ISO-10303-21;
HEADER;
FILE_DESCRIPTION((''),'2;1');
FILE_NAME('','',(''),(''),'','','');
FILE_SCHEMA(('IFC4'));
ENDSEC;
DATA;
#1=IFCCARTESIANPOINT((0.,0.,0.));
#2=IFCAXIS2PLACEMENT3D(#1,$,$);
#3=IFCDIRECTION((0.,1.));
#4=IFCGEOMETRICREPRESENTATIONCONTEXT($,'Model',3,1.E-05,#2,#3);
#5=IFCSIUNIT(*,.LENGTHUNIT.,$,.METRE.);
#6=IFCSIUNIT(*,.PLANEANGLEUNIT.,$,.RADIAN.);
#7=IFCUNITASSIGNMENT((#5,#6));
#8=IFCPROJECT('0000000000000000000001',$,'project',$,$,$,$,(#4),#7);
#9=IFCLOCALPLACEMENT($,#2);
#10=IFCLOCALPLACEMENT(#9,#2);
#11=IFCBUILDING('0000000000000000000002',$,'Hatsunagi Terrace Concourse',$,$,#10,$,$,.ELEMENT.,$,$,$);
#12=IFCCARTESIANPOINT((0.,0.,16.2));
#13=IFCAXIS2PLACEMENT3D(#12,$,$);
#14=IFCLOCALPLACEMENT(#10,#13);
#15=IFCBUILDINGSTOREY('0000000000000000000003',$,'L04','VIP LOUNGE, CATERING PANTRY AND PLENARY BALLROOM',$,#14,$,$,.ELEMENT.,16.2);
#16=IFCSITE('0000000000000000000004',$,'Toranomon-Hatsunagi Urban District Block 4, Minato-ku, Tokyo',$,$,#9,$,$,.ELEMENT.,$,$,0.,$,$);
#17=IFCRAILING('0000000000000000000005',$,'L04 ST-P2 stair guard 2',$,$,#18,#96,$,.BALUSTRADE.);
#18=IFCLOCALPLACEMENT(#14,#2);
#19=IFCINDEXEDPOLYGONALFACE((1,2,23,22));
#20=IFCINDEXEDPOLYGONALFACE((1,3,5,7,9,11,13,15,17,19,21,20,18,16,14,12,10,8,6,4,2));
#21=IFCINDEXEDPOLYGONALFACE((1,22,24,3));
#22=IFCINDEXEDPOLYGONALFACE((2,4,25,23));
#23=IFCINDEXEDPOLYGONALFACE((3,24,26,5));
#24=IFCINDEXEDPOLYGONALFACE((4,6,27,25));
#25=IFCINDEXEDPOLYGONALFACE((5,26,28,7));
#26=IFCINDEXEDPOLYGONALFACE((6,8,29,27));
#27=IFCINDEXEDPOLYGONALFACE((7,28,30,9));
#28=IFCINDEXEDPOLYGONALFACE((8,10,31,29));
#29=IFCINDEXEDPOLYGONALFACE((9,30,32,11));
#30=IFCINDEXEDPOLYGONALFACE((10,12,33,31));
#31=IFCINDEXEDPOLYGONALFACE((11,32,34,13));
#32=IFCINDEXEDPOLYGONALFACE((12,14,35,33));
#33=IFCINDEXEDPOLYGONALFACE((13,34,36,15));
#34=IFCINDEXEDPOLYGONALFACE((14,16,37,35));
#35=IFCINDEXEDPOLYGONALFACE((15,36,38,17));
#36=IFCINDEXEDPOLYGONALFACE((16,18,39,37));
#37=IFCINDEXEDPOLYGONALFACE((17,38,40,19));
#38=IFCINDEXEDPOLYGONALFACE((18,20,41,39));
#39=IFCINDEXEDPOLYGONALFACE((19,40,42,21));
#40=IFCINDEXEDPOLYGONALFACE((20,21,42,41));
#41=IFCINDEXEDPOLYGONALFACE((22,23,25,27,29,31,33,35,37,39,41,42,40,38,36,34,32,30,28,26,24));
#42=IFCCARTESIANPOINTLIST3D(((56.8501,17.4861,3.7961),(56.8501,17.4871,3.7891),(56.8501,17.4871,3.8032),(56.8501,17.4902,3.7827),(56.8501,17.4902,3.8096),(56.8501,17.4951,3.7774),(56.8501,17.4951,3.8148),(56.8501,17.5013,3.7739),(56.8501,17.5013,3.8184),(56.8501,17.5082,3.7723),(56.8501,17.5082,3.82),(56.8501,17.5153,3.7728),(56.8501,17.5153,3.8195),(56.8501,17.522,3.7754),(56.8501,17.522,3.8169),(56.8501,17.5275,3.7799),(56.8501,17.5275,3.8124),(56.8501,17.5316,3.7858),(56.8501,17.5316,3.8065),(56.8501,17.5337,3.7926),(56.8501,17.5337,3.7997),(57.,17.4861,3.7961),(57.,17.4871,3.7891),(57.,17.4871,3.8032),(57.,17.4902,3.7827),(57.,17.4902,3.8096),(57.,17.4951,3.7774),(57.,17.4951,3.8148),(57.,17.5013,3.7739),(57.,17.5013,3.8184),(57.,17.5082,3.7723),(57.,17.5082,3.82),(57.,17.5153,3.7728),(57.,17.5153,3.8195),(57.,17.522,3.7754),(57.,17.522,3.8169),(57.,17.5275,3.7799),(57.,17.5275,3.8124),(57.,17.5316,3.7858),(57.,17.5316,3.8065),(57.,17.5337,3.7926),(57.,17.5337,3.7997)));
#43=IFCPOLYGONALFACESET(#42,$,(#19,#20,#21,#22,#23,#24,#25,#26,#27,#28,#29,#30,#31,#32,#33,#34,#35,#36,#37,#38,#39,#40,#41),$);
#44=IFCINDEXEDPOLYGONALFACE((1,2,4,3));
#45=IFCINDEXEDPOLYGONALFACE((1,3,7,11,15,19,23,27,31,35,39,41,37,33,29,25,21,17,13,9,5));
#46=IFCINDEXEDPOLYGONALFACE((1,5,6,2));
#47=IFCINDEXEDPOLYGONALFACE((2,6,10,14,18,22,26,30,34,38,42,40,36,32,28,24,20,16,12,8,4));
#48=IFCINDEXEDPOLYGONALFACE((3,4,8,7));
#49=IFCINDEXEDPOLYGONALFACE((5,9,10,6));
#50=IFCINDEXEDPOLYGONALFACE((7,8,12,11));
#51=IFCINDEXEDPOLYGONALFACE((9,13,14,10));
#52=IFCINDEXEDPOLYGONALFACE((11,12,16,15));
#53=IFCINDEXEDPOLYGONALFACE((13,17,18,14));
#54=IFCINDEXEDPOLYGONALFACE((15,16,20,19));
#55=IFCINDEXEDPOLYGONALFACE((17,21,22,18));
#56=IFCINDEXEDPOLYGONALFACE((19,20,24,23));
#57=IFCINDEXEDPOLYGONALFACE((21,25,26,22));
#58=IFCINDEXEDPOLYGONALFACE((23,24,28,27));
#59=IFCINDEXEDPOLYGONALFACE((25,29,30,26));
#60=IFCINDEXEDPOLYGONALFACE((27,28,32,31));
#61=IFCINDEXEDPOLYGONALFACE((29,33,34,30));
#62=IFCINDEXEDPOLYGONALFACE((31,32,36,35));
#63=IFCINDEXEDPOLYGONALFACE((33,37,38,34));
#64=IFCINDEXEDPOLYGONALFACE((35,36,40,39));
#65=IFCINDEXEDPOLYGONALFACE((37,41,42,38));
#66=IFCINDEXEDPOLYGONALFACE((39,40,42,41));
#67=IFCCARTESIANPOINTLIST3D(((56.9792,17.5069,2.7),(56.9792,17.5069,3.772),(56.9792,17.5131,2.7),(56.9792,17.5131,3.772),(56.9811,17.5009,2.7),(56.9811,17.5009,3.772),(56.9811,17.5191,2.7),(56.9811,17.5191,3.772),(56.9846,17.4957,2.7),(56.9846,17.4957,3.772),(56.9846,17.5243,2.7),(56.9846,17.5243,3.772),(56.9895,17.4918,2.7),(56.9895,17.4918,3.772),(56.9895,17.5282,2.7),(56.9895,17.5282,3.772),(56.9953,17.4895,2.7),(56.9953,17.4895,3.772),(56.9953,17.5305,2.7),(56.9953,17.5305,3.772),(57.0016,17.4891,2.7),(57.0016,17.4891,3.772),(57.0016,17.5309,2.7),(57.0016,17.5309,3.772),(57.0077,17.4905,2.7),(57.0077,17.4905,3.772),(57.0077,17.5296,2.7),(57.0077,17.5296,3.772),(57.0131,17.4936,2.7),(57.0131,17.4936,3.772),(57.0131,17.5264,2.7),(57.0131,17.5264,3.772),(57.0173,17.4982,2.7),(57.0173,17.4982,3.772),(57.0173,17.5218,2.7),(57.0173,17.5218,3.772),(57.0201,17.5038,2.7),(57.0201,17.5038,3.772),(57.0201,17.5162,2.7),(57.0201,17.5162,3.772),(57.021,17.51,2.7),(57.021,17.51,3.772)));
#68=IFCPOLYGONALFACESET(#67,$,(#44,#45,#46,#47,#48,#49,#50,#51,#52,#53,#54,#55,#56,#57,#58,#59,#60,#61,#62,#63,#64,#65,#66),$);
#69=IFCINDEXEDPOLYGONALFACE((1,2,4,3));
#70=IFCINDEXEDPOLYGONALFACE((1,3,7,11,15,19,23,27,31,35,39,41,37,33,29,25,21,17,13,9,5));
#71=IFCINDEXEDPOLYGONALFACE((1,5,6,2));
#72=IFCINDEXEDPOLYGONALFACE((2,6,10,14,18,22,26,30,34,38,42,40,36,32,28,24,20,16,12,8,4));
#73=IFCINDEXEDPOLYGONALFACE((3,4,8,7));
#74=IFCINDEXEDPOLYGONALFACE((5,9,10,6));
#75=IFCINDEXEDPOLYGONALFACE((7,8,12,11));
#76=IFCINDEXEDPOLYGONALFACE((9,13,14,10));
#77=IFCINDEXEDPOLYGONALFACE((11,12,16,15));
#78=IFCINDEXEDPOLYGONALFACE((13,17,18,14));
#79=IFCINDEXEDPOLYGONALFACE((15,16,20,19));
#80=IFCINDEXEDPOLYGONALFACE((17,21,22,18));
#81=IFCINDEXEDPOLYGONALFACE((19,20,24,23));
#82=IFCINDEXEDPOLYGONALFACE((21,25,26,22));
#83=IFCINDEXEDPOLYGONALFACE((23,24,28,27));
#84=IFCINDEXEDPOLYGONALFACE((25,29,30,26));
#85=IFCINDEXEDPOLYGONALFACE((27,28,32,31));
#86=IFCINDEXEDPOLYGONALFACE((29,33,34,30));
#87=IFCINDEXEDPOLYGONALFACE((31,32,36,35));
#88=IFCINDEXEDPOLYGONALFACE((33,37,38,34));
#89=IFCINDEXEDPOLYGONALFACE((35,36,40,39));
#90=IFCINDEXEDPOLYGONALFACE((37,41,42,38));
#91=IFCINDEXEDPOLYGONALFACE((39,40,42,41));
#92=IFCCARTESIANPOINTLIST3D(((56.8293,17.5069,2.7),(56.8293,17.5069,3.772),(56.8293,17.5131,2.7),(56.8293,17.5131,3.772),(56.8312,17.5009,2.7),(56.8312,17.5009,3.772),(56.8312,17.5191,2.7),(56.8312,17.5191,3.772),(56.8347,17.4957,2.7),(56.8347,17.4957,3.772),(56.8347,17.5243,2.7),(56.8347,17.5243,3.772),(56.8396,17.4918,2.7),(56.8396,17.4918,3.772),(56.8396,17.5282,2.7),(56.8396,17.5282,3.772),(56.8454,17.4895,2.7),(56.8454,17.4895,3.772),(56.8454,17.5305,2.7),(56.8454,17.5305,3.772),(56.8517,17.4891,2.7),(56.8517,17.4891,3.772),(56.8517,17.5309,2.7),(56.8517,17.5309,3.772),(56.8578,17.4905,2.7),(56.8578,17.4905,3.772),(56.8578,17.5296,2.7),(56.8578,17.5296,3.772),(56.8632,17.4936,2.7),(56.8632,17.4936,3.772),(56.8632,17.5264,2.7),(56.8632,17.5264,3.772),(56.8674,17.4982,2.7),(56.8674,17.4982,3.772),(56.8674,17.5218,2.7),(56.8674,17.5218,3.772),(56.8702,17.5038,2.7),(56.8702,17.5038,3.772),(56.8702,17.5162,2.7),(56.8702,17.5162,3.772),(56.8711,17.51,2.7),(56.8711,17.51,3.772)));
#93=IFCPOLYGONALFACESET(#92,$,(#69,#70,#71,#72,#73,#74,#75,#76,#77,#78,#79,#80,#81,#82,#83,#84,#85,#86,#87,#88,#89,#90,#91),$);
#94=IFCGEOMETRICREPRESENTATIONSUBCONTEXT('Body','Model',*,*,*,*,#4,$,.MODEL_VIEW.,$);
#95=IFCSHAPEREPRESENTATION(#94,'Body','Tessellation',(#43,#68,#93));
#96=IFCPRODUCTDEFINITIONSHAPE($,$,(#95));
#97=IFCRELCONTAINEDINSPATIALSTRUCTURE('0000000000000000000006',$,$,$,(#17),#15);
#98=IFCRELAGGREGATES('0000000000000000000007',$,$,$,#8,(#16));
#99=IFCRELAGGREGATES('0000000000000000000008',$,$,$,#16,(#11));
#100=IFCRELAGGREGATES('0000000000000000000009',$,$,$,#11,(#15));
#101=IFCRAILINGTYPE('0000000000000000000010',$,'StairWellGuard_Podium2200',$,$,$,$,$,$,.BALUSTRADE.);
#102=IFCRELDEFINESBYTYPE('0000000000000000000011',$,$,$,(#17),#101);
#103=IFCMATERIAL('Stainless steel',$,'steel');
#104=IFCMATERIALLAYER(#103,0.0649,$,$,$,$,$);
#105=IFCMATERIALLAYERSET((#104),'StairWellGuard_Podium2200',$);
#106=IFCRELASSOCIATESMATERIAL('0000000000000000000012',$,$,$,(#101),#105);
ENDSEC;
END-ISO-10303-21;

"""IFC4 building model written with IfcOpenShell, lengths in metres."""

from ifc_helpers import new_model, si_unit, direction, frame, origin, origin_2d, place, context, subcontext, project, spatial, circle, extrude, material, layer, layer_set, type_object, element, save


model = new_model("IFC4")

# Units and contexts
model_context = context("Model", 3, precision=1e-05, world=origin(), true_north=direction((0.0, 1.0)))
body_context = subcontext(model_context, "Body", "Model", "MODEL_VIEW")
ifc_project = project(units=[si_unit("LENGTHUNIT", "METRE"), si_unit("PLANEANGLEUNIT", "RADIAN")], contexts=[model_context])

# Site, building, storey
site_placement = place(None, origin())
site = spatial("IfcSite", under=ifc_project, at=site_placement, Name="Toranomon-Hatsunagi Urban District Block 4, Minato-ku, Tokyo", CompositionType="ELEMENT", RefElevation=0.0)
building_placement = place(site_placement, origin())
building = spatial("IfcBuilding", under=site, at=building_placement, Name="Hatsunagi Terrace Concourse", CompositionType="ELEMENT")
storey_placement = place(building_placement, frame((0.0, 0.0, 16.2)))
storey = spatial("IfcBuildingStorey", under=building, at=storey_placement, Name="L04", Description="VIP LOUNGE, CATERING PANTRY AND PLENARY BALLROOM", CompositionType="ELEMENT", Elevation=16.2)

# Railing
ifc_material_1 = material(Name="Stainless steel", Category="steel")
ifc_layer_1 = layer(ifc_material_1, 0.0649)
ifc_layer_set_1 = layer_set([ifc_layer_1], Name="StairWellGuard_Podium2200")
railing_type_1 = type_object("IfcRailingType", Name="StairWellGuard_Podium2200", PredefinedType="BALUSTRADE", material=ifc_layer_set_1)
railing_1_placement = place(storey_placement, frame((57.0, 17.51, 2.7)))
element("IfcRailing", 1, at=railing_1_placement, inside=storey, type_object=railing_type_1, Name="L04 ST-P2 stair guard 2", PredefinedType="BALUSTRADE", context=body_context, shape_type="SweptSolid", body=[
    extrude(circle(Radius=0.0239, at=origin_2d()), frame((0.0, 0.0, 1.0962), z_axis=(-1.0, 0.0, 0.0), x_axis=(0.0, -1.0, 0.0)), (0.0, 0.0, 1.0), 0.1499),
    extrude(circle(Radius=0.021, at=origin_2d()), origin(), (0.0, 0.0, 1.0), 1.072),
    extrude(circle(Radius=0.021, at=origin_2d()), frame((-0.1499, 0.0, 0.0)), (0.0, 0.0, 1.0), 1.072),
])

save(model, "model.ifc")
